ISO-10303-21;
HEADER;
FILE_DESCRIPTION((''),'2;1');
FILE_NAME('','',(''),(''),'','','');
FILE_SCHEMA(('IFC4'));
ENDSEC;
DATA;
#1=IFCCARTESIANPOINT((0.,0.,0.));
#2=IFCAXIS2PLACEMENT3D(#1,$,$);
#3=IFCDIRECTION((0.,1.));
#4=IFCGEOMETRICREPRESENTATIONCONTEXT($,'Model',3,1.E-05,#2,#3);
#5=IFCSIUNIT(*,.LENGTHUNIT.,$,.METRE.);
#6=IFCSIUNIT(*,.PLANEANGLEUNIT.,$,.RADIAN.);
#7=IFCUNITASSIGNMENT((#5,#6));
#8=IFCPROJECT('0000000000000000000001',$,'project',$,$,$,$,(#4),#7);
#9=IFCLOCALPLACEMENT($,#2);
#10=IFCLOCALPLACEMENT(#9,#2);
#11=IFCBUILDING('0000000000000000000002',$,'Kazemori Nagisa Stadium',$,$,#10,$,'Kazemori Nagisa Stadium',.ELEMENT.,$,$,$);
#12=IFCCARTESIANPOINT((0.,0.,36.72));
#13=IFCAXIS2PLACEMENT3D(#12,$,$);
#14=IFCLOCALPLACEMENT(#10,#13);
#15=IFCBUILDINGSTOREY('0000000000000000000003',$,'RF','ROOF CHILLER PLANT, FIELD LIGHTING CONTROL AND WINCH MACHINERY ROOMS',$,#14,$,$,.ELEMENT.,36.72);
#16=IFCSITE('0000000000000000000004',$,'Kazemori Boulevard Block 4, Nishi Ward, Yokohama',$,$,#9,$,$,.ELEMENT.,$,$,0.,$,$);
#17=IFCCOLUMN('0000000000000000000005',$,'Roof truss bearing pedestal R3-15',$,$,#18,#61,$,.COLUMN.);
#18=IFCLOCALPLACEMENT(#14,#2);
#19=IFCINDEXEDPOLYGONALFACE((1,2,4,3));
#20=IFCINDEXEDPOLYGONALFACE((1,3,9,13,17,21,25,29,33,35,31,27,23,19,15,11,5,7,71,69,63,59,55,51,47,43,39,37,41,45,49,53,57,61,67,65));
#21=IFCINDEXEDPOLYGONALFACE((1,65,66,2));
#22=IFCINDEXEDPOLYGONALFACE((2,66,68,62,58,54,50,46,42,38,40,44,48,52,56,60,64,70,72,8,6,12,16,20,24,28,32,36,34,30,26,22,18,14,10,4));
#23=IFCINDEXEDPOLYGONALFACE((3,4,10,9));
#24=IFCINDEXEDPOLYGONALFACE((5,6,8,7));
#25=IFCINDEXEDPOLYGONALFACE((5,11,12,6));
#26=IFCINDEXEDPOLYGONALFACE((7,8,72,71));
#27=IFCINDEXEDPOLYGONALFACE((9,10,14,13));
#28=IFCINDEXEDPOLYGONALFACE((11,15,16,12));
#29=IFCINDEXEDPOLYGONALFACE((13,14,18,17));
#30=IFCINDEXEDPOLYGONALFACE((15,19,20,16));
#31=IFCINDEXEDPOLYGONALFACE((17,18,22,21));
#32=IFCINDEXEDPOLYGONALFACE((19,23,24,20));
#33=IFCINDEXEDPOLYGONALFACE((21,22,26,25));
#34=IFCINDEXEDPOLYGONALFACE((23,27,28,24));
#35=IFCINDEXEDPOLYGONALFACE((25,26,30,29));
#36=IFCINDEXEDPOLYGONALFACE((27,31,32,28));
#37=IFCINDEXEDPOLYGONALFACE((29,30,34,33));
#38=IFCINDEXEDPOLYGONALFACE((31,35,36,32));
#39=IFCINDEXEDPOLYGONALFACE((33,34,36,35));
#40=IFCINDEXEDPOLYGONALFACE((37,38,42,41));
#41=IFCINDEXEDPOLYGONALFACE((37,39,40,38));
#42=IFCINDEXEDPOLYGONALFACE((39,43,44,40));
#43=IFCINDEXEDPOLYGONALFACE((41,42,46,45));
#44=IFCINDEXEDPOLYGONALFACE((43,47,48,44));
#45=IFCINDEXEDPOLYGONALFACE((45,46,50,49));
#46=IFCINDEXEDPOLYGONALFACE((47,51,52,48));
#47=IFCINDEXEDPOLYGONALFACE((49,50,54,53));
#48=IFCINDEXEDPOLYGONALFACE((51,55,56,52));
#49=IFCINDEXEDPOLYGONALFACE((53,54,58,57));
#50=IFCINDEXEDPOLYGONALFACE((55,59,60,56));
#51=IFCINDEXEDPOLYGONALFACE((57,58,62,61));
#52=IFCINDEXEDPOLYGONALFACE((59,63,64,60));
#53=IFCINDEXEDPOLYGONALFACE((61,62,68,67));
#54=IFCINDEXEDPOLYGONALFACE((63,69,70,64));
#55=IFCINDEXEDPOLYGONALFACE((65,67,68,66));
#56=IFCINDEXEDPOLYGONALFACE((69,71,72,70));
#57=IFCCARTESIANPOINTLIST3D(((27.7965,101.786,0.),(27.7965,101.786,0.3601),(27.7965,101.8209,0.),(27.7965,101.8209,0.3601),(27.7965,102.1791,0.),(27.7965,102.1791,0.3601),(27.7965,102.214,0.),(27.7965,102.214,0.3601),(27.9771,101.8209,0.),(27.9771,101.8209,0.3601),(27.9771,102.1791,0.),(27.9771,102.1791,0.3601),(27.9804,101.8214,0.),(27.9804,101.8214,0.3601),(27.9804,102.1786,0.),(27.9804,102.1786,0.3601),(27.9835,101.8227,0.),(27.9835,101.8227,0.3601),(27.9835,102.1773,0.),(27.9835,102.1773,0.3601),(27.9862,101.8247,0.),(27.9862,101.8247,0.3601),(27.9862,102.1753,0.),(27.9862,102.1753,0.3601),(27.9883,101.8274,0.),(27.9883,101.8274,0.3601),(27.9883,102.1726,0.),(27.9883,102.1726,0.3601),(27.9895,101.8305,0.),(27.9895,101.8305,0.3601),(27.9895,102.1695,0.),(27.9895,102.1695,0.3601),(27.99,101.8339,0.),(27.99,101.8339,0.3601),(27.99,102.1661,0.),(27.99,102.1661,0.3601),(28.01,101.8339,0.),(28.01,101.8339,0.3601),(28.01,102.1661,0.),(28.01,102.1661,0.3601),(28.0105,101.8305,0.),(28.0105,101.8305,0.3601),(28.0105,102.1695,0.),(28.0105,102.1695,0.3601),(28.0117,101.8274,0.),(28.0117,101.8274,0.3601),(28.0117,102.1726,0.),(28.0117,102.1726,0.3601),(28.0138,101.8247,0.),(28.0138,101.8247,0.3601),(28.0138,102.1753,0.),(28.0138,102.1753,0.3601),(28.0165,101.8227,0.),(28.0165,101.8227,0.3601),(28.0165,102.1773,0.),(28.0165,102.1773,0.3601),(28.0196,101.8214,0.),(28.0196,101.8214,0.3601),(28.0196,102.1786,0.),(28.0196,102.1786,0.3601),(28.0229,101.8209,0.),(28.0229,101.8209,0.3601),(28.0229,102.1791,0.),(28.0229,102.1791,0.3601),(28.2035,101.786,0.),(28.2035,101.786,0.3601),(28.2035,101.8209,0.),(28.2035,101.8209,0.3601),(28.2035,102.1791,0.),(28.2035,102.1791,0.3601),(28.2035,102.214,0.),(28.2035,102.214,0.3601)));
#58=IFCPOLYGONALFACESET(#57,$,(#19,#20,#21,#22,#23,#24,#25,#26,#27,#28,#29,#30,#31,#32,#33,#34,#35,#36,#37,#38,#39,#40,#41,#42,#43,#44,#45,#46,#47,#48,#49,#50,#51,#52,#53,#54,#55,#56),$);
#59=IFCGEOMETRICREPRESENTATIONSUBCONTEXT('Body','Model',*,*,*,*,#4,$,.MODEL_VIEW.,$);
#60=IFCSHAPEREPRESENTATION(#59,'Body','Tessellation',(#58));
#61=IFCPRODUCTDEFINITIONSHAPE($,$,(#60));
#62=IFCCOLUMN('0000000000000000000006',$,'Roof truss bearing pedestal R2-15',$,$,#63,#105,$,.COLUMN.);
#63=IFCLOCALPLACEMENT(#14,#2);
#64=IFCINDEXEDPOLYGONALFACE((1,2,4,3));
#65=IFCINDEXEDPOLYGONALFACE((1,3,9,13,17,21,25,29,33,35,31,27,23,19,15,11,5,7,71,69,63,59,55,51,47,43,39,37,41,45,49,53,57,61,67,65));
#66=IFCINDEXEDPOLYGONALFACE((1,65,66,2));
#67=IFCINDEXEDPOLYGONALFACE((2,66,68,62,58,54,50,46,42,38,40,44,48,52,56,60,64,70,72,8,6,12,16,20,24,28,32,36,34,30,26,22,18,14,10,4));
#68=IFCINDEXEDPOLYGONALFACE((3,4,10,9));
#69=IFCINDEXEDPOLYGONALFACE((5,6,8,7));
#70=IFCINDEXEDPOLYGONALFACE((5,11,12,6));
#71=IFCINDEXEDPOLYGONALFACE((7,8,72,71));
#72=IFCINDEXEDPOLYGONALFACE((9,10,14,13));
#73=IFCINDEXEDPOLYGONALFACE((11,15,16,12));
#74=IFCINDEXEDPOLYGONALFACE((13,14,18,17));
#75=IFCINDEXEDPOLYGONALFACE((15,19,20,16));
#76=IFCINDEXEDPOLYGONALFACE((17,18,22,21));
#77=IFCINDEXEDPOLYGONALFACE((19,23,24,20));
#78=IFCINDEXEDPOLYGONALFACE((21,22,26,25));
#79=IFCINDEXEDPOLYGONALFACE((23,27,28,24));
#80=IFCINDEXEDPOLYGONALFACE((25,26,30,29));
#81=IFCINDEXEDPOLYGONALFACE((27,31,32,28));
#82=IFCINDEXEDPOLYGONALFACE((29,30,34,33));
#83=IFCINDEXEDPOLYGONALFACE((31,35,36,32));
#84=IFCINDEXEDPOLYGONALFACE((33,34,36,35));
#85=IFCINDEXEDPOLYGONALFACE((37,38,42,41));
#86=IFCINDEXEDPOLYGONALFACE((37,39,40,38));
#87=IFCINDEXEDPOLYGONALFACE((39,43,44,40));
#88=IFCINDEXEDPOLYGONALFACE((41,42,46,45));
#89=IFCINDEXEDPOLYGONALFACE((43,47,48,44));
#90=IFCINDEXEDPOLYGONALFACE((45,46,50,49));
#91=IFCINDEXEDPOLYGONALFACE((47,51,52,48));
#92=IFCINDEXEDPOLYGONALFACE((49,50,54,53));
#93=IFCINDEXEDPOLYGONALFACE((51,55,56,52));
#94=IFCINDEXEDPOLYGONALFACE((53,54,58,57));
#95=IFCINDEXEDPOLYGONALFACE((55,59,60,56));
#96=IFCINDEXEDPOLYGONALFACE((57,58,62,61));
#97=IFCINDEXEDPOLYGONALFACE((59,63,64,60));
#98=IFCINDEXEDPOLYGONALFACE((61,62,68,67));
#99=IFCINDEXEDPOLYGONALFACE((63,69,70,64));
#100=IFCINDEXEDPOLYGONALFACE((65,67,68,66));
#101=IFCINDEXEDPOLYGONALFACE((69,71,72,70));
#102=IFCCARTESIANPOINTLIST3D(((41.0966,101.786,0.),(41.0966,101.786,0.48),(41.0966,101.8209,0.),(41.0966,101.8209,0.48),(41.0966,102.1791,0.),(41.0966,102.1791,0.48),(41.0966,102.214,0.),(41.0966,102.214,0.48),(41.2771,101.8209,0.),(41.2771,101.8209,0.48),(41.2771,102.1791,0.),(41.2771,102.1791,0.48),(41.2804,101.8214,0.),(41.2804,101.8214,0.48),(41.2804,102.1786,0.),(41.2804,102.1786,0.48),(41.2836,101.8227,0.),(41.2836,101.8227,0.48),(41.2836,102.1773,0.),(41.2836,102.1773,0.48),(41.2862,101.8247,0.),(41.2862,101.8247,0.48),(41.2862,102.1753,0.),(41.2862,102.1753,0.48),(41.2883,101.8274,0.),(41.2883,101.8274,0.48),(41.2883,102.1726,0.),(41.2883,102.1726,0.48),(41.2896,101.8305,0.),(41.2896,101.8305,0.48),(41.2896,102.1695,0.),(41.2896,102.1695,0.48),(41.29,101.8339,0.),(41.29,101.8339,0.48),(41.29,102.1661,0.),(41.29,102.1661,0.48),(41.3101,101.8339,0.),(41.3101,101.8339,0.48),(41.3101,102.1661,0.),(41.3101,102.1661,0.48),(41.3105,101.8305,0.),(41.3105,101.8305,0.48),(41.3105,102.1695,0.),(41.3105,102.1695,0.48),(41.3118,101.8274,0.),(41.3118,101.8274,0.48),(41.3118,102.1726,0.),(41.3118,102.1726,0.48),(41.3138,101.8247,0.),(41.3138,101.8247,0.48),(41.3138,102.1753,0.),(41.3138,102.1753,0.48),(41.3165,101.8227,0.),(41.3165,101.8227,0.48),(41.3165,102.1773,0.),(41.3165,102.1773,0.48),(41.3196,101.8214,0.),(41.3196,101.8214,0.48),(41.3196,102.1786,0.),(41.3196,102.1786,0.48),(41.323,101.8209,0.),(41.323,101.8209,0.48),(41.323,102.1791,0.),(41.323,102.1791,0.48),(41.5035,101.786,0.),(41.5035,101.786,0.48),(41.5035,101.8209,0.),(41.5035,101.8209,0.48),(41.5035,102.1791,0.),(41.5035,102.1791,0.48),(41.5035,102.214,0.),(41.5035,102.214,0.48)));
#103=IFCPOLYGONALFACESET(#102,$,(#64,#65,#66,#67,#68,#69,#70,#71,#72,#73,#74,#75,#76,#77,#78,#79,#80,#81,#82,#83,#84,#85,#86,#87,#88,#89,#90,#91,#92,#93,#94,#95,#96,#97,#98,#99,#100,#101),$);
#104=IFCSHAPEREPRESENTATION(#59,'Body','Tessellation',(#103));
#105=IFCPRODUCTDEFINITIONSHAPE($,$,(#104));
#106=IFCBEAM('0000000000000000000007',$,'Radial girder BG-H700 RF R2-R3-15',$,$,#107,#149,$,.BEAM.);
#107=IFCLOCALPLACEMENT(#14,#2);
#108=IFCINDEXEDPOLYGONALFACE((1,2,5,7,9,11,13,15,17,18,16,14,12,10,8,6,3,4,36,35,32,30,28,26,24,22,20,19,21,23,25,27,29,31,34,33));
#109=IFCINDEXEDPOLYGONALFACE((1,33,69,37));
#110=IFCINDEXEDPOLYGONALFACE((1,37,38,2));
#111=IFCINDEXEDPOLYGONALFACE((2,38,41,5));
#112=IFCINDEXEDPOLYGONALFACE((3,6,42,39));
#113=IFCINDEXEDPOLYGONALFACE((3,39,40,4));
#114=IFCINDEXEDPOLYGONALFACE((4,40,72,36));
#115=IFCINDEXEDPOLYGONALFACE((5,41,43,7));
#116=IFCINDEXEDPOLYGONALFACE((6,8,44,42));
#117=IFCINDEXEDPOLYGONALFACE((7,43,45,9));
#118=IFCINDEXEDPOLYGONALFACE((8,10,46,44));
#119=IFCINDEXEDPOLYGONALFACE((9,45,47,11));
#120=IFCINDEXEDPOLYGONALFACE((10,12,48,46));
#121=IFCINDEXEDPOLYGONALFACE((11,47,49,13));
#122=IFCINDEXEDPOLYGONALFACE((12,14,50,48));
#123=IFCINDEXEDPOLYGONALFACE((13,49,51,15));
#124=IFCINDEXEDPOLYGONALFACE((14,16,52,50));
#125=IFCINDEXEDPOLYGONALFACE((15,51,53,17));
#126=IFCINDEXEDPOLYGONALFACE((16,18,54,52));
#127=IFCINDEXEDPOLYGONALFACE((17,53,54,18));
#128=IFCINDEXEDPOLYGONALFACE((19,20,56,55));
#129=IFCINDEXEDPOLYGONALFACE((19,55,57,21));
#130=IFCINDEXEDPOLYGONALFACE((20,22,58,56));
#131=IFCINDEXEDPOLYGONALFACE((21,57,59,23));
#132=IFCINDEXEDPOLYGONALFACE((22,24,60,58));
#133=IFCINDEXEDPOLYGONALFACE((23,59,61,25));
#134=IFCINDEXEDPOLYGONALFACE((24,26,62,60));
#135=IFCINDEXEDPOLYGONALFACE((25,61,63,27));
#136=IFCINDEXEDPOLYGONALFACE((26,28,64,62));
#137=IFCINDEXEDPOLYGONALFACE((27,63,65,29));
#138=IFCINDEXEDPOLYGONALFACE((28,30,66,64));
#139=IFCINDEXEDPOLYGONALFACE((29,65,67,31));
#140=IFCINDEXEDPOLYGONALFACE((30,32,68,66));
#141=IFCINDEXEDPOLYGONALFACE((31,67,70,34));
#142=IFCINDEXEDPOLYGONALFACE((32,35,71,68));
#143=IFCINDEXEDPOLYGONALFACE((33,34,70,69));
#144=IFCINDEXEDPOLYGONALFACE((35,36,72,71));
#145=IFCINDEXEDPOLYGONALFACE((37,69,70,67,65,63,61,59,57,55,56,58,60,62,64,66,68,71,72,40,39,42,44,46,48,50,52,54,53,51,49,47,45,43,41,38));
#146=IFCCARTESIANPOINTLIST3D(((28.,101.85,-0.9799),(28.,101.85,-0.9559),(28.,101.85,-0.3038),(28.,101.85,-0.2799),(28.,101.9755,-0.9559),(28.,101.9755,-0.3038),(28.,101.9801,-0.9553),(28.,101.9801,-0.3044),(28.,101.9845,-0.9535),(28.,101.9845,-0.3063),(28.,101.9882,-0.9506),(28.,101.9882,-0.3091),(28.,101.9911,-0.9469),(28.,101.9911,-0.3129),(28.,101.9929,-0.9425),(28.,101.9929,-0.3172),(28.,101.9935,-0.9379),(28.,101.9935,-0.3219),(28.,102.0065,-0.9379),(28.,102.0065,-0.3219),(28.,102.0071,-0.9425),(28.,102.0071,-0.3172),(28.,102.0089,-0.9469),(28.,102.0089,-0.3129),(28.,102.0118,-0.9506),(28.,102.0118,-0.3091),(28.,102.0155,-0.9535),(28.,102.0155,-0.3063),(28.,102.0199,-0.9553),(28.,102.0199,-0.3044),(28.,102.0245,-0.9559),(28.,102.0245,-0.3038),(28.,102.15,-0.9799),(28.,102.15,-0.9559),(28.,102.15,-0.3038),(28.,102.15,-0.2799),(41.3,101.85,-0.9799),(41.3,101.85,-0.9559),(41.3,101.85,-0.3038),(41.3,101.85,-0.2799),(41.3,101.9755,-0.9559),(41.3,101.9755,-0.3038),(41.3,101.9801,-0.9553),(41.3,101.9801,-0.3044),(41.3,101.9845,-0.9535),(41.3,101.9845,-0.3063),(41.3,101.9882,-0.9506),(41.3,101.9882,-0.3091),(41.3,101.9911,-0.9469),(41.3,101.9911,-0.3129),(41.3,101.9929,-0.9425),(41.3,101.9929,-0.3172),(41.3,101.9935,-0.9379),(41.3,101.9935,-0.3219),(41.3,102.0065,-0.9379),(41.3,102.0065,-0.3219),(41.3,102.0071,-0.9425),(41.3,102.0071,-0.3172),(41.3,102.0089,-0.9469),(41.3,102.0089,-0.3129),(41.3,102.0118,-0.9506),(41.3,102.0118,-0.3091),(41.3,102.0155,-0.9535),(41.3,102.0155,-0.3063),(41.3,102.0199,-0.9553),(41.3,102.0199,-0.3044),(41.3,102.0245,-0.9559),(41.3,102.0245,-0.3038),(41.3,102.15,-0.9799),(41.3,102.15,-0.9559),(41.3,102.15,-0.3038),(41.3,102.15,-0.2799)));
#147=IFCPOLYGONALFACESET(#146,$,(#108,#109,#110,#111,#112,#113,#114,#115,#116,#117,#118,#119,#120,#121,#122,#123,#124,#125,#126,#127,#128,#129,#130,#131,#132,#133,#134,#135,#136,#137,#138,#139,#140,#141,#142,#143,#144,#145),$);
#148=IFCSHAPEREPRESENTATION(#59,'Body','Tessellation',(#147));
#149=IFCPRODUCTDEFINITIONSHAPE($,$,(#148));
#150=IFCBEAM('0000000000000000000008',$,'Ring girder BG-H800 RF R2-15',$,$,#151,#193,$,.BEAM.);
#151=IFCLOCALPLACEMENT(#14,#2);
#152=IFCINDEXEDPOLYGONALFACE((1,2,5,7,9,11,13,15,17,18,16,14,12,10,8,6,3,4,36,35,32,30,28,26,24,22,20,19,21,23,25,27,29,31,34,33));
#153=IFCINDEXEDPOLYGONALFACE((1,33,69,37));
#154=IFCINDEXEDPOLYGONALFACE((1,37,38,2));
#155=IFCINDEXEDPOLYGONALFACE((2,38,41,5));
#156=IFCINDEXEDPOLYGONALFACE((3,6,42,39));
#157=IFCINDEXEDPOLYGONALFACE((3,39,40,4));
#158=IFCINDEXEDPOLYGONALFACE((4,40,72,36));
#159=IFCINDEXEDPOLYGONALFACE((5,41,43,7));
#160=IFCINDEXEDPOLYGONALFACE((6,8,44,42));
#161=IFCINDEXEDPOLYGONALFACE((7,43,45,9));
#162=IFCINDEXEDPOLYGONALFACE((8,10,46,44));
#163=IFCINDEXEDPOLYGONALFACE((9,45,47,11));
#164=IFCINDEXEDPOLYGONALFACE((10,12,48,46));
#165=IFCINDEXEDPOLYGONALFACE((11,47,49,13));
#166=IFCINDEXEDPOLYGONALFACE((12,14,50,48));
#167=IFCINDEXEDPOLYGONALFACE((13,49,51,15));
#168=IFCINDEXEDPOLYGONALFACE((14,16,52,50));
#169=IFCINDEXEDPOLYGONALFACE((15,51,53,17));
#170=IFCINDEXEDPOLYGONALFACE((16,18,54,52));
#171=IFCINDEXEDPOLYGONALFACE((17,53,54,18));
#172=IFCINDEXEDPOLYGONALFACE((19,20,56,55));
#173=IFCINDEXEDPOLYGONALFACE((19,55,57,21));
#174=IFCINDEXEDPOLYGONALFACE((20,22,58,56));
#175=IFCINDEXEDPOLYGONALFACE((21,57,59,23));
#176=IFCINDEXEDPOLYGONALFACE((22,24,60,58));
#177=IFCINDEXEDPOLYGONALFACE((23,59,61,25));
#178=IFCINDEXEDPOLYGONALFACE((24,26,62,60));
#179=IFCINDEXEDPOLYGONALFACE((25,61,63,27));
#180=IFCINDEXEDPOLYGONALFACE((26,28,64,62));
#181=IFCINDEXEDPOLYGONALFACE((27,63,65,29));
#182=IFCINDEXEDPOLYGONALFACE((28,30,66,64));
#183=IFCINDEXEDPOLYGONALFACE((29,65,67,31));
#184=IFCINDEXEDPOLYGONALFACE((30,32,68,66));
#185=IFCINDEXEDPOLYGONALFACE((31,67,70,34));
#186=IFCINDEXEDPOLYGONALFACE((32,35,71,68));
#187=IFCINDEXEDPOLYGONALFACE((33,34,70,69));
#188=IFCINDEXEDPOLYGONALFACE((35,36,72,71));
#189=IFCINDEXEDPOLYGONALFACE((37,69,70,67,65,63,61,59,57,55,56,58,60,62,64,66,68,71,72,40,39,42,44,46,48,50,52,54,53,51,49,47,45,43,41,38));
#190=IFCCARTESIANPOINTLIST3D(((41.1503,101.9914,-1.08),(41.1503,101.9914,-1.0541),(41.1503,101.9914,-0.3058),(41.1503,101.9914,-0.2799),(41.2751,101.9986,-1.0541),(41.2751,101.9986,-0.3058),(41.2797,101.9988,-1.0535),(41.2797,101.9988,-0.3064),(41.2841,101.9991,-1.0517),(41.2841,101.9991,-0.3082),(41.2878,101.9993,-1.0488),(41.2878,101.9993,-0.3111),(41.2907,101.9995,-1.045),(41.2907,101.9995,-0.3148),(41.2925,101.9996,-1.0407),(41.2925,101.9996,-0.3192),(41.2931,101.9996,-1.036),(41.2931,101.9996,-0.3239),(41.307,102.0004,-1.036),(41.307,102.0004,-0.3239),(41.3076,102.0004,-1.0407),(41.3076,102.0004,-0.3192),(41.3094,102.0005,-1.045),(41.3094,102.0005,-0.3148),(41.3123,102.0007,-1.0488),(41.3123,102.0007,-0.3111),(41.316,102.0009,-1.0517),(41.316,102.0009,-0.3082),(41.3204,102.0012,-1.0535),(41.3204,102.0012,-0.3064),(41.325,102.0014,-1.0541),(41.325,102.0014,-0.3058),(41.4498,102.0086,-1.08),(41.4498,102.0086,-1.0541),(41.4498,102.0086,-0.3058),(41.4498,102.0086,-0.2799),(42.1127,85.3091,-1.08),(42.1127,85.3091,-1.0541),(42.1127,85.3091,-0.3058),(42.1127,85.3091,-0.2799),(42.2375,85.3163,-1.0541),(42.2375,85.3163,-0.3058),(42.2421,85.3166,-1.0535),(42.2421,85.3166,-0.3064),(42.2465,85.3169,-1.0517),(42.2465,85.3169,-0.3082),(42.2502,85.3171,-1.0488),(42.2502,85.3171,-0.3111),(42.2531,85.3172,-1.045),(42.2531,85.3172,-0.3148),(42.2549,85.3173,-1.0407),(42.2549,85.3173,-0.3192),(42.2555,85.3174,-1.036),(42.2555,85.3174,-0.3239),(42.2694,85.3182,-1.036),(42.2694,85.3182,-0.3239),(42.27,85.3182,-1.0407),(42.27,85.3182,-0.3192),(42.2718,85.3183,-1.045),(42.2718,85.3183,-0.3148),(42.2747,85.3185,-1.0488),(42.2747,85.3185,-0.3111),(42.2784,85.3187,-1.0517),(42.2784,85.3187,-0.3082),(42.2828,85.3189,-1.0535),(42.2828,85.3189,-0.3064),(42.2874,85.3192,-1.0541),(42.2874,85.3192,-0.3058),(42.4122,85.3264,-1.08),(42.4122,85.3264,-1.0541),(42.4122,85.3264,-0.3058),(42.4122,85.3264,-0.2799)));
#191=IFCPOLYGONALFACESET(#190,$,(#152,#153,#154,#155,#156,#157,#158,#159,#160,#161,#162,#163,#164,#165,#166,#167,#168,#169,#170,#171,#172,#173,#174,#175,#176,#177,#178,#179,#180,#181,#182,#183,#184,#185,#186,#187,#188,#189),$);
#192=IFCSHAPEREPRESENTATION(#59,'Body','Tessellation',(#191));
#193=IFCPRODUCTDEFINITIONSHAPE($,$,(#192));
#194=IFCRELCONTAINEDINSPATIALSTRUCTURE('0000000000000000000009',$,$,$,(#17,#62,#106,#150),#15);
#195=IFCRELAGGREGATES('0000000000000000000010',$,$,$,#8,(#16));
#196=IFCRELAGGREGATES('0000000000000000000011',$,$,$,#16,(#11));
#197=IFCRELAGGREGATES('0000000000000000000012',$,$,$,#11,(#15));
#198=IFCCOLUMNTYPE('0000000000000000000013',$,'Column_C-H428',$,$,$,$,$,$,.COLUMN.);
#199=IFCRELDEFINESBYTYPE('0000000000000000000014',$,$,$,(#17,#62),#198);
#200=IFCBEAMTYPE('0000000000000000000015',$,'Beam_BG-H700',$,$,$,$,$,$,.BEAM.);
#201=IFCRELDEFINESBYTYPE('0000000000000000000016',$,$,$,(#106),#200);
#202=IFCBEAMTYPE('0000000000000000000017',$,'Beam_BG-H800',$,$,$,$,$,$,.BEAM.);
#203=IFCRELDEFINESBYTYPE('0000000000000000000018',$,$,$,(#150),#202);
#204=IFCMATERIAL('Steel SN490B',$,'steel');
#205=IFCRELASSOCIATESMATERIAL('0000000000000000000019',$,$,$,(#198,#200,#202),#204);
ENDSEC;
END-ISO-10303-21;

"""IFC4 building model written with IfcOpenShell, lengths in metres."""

from ifc_helpers import new_model, si_unit, direction, frame, origin, origin_2d, place, context, subcontext, project, spatial, i_section, extrude, material, material_profile, profile_set, type_object, element, save


model = new_model("IFC4")

# Units and contexts
model_context = context("Model", 3, precision=1e-05, world=origin(), true_north=direction((0.0, 1.0)))
body_context = subcontext(model_context, "Body", "Model", "MODEL_VIEW")
ifc_project = project(units=[si_unit("LENGTHUNIT", "METRE"), si_unit("PLANEANGLEUNIT", "RADIAN")], contexts=[model_context])

# Site, building, storey
site_placement = place(None, origin())
site = spatial("IfcSite", under=ifc_project, at=site_placement, Name="Kazemori Boulevard Block 4, Nishi Ward, Yokohama", CompositionType="ELEMENT", RefElevation=0.0)
building_placement = place(site_placement, origin())
building = spatial("IfcBuilding", under=site, at=building_placement, Name="Kazemori Nagisa Stadium", LongName="Kazemori Nagisa Stadium", CompositionType="ELEMENT")
storey_placement = place(building_placement, frame((0.0, 0.0, 36.72)))
storey = spatial("IfcBuildingStorey", under=building, at=storey_placement, Name="RF", Description="ROOF CHILLER PLANT, FIELD LIGHTING CONTROL AND WINCH MACHINERY ROOMS", CompositionType="ELEMENT", Elevation=36.72)

# Columns
ifc_material_1 = material(Name="Steel SN490B", Category="steel")
ifc_material_profile_1 = material_profile(ifc_material_1, i_section(OverallWidth=0.407, OverallDepth=0.428, WebThickness=0.02, FlangeThickness=0.0349, FilletRadius=0.0129, at=origin_2d()), Name="H-428x407x20x35")
ifc_profile_set_1 = profile_set([ifc_material_profile_1], Name="Steel SN490B")
column_type = type_object("IfcColumnType", Name="Column_C-H428", PredefinedType="COLUMN", material=ifc_profile_set_1)
column_1_placement = place(storey_placement, frame((28.0, 102.0, 0.0), z_axis=(0.0, 0.0, 1.0), x_axis=(-1.0, 0.0, 0.0)))
element("IfcColumn", 1, at=column_1_placement, inside=storey, type_object=column_type, Name="Roof truss bearing pedestal R3-15", PredefinedType="COLUMN", context=body_context, shape_type="SweptSolid", body=[
    extrude(i_section(OverallWidth=0.407, OverallDepth=0.428, WebThickness=0.02, FlangeThickness=0.0349, FilletRadius=0.0129, at=origin_2d()), origin(), (0.0, 0.0, 1.0), 0.3601),
])
column_2_placement = place(storey_placement, frame((41.3, 102.0, 0.0), z_axis=(0.0, 0.0, 1.0), x_axis=(-1.0, 0.0, 0.0)))
element("IfcColumn", 2, at=column_2_placement, inside=storey, type_object=column_type, Name="Roof truss bearing pedestal R2-15", PredefinedType="COLUMN", context=body_context, shape_type="SweptSolid", body=[
    extrude(i_section(OverallWidth=0.407, OverallDepth=0.428, WebThickness=0.02, FlangeThickness=0.0349, FilletRadius=0.0129, at=origin_2d()), origin(), (0.0, 0.0, 1.0), 0.48),
])

# Beams
ifc_material_profile_2 = material_profile(ifc_material_1, i_section(OverallWidth=0.3, OverallDepth=0.7, WebThickness=0.0129, FlangeThickness=0.0239, FilletRadius=0.0181, at=origin_2d()), Name="H-700x300x13x24")
ifc_profile_set_2 = profile_set([ifc_material_profile_2], Name="Steel SN490B")
beam_type_1 = type_object("IfcBeamType", Name="Beam_BG-H700", PredefinedType="BEAM", material=ifc_profile_set_2)
beam_1_placement = place(storey_placement, frame((41.3, 102.0, -0.6299), z_axis=(-1.0, 0.0, 0.0), x_axis=(0.0, -1.0, 0.0)))
element("IfcBeam", 3, at=beam_1_placement, inside=storey, type_object=beam_type_1, Name="Radial girder BG-H700 RF R2-R3-15", PredefinedType="BEAM", context=body_context, shape_type="SweptSolid", body=[
    extrude(i_section(OverallWidth=0.3, OverallDepth=0.7, WebThickness=0.0129, FlangeThickness=0.0239, FilletRadius=0.0181, at=origin_2d()), origin(), (0.0, 0.0, 1.0), 13.3),
])
ifc_material_profile_3 = material_profile(ifc_material_1, i_section(OverallWidth=0.3, OverallDepth=0.8, WebThickness=0.0139, FlangeThickness=0.0259, FilletRadius=0.0181, at=origin_2d()), Name="H-800x300x14x26")
ifc_profile_set_3 = profile_set([ifc_material_profile_3], Name="Steel SN490B")
beam_type_2 = type_object("IfcBeamType", Name="Beam_BG-H800", PredefinedType="BEAM", material=ifc_profile_set_3)
beam_2_placement = place(storey_placement, frame((41.3, 102.0, -0.6799), z_axis=(0.057595, -0.99834, 0.0), x_axis=(0.99834, 0.057595, 0.0)))
element("IfcBeam", 4, at=beam_2_placement, inside=storey, type_object=beam_type_2, Name="Ring girder BG-H800 RF R2-15", PredefinedType="BEAM", context=body_context, shape_type="SweptSolid", body=[
    extrude(i_section(OverallWidth=0.3, OverallDepth=0.8, WebThickness=0.0139, FlangeThickness=0.0259, FilletRadius=0.0181, at=origin_2d()), origin(), (0.0, 0.0, 1.0), 16.71),
])

save(model, "model.ifc")
